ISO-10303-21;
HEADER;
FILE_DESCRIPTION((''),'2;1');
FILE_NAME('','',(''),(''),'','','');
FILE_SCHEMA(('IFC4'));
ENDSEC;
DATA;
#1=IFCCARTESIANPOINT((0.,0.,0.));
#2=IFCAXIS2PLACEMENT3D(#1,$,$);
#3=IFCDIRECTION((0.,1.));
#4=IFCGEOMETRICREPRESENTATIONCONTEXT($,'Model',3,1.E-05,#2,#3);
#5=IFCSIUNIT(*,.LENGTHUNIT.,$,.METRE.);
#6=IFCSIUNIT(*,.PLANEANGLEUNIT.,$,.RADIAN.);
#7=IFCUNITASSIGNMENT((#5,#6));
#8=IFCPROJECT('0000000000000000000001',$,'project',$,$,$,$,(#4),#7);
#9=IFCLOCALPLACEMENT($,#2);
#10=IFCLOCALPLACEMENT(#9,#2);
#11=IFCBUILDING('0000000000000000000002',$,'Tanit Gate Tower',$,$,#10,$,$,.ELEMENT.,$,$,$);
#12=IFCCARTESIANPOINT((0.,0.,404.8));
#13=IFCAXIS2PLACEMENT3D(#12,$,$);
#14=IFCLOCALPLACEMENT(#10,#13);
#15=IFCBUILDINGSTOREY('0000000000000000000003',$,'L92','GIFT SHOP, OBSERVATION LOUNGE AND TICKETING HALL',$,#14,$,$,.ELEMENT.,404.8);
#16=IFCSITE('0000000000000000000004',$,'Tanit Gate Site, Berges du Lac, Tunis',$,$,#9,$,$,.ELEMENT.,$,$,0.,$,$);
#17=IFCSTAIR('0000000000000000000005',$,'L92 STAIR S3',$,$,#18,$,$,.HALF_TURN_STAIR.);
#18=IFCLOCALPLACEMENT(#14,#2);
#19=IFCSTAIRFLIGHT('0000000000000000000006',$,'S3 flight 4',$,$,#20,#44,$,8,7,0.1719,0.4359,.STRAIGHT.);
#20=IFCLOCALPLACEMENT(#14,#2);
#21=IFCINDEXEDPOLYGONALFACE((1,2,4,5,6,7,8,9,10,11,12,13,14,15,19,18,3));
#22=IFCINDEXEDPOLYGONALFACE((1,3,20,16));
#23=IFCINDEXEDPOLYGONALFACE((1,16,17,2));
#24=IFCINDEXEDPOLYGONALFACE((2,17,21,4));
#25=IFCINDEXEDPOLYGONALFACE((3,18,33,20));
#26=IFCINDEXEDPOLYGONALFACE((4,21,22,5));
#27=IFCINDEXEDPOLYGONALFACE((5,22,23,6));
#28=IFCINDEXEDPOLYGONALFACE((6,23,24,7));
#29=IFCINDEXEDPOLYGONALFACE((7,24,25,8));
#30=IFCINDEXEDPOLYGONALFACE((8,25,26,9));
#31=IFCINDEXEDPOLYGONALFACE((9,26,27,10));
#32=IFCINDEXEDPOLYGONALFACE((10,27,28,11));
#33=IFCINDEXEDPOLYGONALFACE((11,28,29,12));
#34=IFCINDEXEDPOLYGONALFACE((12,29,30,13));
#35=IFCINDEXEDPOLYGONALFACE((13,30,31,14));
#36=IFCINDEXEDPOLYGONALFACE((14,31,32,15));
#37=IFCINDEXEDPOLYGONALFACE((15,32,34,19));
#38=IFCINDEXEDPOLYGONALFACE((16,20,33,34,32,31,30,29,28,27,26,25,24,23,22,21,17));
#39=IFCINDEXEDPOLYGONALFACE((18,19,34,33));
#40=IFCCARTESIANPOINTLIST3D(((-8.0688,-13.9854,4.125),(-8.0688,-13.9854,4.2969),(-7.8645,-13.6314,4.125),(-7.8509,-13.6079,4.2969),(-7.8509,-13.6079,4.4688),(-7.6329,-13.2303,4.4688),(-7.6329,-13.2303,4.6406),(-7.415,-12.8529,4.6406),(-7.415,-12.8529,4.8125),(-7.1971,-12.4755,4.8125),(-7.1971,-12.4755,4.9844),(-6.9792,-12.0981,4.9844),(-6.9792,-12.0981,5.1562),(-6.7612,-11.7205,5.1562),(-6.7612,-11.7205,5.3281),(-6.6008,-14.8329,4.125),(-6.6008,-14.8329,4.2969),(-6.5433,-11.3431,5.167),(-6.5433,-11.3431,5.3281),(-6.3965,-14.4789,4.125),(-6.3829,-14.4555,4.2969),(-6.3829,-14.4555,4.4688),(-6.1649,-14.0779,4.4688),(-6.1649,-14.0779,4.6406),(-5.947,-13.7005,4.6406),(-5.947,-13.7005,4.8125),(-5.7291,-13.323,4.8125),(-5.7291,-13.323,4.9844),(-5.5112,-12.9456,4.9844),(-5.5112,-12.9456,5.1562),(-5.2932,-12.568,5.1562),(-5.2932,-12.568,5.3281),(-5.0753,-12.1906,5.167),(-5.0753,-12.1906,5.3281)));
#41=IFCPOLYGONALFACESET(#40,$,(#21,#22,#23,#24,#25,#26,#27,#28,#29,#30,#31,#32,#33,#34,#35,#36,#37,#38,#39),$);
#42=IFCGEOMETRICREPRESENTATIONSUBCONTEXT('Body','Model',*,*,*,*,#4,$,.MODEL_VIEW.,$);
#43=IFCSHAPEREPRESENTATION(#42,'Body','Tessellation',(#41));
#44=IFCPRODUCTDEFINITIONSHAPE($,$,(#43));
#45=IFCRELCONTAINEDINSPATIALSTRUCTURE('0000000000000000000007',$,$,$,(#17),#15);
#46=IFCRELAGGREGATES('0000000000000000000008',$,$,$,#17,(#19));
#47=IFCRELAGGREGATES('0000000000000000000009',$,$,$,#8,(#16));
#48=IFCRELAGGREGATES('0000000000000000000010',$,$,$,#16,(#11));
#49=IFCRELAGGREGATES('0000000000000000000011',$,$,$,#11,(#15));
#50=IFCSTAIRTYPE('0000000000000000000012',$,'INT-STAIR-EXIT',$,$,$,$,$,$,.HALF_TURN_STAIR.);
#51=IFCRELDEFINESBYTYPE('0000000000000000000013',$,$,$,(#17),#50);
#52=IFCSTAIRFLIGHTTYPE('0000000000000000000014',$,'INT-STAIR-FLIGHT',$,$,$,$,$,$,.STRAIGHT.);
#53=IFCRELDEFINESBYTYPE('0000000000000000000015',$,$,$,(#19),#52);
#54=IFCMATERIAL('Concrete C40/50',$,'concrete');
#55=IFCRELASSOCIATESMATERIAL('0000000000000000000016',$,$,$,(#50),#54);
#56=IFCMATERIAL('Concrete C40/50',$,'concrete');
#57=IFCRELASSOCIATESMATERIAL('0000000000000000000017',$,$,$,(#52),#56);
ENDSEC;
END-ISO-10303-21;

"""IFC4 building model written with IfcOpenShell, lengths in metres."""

from ifc_helpers import new_model, si_unit, direction, frame, origin, place, context, subcontext, project, spatial, polyline, outline, extrude, material, type_object, element, aggregate, save


model = new_model("IFC4")

# Units and contexts
model_context = context("Model", 3, precision=1e-05, world=origin(), true_north=direction((0.0, 1.0)))
body_context = subcontext(model_context, "Body", "Model", "MODEL_VIEW")
ifc_project = project(units=[si_unit("LENGTHUNIT", "METRE"), si_unit("PLANEANGLEUNIT", "RADIAN")], contexts=[model_context])

# Site, building, storey
site_placement = place(None, origin())
site = spatial("IfcSite", under=ifc_project, at=site_placement, Name="Tanit Gate Site, Berges du Lac, Tunis", CompositionType="ELEMENT", RefElevation=0.0)
building_placement = place(site_placement, origin())
building = spatial("IfcBuilding", under=site, at=building_placement, Name="Tanit Gate Tower", CompositionType="ELEMENT")
storey_placement = place(building_placement, frame((0.0, 0.0, 404.8)))
storey = spatial("IfcBuildingStorey", under=building, at=storey_placement, Name="L92", Description="GIFT SHOP, OBSERVATION LOUNGE AND TICKETING HALL", CompositionType="ELEMENT", Elevation=404.8)

# Stair, stair flight
ifc_material_1 = material(Name="Concrete C40/50", Category="concrete")
stair_type = type_object("IfcStairType", Name="INT-STAIR-EXIT", PredefinedType="HALF_TURN_STAIR", material=ifc_material_1)
stair_placement = place(storey_placement, origin())
stair = element("IfcStair", 1, at=stair_placement, inside=storey, type_object=stair_type, Name="L92 STAIR S3", PredefinedType="HALF_TURN_STAIR")
ifc_material_2 = material(Name="Concrete C40/50", Category="concrete")
stair_flight_type = type_object("IfcStairFlightType", Name="INT-STAIR-FLIGHT", PredefinedType="STRAIGHT", material=ifc_material_2)
stair_flight_1_placement = place(storey_placement, frame((-7.3347, -14.4092, 4.125), z_axis=(0.0, 0.0, 1.0), x_axis=(0.5, 0.866025, 0.0)))
stair_flight_1 = element("IfcStairFlight", 2, at=stair_flight_1_placement, type_object=stair_flight_type, Name="S3 flight 4", NumberOfRisers=8, NumberOfTreads=7, PredefinedType="STRAIGHT", RiserHeight=0.1719, TreadLength=0.4359, context=body_context, shape_type="SweptSolid", body=[
    extrude(outline(polyline([(0.0, 0.0), (0.0, 0.1719), (0.4358, 0.1719), (0.4358, 0.3438), (0.8718, 0.3438), (0.8718, 0.5156), (1.3076, 0.5156), (1.3076, 0.6875), (1.7434, 0.6875), (1.7434, 0.8594), (2.1792, 0.8594), (2.1792, 1.0312), (2.6152, 1.0312), (2.6152, 1.2031), (3.051, 1.2031), (3.051, 1.375), (3.051, 1.042), (0.4087, 0.0), (0.0, 0.0)])), frame((0.0, 0.8477, 0.0), z_axis=(0.0, -1.0, 0.0), x_axis=(1.0, 0.0, 0.0)), (0.0, 0.0, 1.0), 1.6951),
])
aggregate(stair, [stair_flight_1])

save(model, "model.ifc")
